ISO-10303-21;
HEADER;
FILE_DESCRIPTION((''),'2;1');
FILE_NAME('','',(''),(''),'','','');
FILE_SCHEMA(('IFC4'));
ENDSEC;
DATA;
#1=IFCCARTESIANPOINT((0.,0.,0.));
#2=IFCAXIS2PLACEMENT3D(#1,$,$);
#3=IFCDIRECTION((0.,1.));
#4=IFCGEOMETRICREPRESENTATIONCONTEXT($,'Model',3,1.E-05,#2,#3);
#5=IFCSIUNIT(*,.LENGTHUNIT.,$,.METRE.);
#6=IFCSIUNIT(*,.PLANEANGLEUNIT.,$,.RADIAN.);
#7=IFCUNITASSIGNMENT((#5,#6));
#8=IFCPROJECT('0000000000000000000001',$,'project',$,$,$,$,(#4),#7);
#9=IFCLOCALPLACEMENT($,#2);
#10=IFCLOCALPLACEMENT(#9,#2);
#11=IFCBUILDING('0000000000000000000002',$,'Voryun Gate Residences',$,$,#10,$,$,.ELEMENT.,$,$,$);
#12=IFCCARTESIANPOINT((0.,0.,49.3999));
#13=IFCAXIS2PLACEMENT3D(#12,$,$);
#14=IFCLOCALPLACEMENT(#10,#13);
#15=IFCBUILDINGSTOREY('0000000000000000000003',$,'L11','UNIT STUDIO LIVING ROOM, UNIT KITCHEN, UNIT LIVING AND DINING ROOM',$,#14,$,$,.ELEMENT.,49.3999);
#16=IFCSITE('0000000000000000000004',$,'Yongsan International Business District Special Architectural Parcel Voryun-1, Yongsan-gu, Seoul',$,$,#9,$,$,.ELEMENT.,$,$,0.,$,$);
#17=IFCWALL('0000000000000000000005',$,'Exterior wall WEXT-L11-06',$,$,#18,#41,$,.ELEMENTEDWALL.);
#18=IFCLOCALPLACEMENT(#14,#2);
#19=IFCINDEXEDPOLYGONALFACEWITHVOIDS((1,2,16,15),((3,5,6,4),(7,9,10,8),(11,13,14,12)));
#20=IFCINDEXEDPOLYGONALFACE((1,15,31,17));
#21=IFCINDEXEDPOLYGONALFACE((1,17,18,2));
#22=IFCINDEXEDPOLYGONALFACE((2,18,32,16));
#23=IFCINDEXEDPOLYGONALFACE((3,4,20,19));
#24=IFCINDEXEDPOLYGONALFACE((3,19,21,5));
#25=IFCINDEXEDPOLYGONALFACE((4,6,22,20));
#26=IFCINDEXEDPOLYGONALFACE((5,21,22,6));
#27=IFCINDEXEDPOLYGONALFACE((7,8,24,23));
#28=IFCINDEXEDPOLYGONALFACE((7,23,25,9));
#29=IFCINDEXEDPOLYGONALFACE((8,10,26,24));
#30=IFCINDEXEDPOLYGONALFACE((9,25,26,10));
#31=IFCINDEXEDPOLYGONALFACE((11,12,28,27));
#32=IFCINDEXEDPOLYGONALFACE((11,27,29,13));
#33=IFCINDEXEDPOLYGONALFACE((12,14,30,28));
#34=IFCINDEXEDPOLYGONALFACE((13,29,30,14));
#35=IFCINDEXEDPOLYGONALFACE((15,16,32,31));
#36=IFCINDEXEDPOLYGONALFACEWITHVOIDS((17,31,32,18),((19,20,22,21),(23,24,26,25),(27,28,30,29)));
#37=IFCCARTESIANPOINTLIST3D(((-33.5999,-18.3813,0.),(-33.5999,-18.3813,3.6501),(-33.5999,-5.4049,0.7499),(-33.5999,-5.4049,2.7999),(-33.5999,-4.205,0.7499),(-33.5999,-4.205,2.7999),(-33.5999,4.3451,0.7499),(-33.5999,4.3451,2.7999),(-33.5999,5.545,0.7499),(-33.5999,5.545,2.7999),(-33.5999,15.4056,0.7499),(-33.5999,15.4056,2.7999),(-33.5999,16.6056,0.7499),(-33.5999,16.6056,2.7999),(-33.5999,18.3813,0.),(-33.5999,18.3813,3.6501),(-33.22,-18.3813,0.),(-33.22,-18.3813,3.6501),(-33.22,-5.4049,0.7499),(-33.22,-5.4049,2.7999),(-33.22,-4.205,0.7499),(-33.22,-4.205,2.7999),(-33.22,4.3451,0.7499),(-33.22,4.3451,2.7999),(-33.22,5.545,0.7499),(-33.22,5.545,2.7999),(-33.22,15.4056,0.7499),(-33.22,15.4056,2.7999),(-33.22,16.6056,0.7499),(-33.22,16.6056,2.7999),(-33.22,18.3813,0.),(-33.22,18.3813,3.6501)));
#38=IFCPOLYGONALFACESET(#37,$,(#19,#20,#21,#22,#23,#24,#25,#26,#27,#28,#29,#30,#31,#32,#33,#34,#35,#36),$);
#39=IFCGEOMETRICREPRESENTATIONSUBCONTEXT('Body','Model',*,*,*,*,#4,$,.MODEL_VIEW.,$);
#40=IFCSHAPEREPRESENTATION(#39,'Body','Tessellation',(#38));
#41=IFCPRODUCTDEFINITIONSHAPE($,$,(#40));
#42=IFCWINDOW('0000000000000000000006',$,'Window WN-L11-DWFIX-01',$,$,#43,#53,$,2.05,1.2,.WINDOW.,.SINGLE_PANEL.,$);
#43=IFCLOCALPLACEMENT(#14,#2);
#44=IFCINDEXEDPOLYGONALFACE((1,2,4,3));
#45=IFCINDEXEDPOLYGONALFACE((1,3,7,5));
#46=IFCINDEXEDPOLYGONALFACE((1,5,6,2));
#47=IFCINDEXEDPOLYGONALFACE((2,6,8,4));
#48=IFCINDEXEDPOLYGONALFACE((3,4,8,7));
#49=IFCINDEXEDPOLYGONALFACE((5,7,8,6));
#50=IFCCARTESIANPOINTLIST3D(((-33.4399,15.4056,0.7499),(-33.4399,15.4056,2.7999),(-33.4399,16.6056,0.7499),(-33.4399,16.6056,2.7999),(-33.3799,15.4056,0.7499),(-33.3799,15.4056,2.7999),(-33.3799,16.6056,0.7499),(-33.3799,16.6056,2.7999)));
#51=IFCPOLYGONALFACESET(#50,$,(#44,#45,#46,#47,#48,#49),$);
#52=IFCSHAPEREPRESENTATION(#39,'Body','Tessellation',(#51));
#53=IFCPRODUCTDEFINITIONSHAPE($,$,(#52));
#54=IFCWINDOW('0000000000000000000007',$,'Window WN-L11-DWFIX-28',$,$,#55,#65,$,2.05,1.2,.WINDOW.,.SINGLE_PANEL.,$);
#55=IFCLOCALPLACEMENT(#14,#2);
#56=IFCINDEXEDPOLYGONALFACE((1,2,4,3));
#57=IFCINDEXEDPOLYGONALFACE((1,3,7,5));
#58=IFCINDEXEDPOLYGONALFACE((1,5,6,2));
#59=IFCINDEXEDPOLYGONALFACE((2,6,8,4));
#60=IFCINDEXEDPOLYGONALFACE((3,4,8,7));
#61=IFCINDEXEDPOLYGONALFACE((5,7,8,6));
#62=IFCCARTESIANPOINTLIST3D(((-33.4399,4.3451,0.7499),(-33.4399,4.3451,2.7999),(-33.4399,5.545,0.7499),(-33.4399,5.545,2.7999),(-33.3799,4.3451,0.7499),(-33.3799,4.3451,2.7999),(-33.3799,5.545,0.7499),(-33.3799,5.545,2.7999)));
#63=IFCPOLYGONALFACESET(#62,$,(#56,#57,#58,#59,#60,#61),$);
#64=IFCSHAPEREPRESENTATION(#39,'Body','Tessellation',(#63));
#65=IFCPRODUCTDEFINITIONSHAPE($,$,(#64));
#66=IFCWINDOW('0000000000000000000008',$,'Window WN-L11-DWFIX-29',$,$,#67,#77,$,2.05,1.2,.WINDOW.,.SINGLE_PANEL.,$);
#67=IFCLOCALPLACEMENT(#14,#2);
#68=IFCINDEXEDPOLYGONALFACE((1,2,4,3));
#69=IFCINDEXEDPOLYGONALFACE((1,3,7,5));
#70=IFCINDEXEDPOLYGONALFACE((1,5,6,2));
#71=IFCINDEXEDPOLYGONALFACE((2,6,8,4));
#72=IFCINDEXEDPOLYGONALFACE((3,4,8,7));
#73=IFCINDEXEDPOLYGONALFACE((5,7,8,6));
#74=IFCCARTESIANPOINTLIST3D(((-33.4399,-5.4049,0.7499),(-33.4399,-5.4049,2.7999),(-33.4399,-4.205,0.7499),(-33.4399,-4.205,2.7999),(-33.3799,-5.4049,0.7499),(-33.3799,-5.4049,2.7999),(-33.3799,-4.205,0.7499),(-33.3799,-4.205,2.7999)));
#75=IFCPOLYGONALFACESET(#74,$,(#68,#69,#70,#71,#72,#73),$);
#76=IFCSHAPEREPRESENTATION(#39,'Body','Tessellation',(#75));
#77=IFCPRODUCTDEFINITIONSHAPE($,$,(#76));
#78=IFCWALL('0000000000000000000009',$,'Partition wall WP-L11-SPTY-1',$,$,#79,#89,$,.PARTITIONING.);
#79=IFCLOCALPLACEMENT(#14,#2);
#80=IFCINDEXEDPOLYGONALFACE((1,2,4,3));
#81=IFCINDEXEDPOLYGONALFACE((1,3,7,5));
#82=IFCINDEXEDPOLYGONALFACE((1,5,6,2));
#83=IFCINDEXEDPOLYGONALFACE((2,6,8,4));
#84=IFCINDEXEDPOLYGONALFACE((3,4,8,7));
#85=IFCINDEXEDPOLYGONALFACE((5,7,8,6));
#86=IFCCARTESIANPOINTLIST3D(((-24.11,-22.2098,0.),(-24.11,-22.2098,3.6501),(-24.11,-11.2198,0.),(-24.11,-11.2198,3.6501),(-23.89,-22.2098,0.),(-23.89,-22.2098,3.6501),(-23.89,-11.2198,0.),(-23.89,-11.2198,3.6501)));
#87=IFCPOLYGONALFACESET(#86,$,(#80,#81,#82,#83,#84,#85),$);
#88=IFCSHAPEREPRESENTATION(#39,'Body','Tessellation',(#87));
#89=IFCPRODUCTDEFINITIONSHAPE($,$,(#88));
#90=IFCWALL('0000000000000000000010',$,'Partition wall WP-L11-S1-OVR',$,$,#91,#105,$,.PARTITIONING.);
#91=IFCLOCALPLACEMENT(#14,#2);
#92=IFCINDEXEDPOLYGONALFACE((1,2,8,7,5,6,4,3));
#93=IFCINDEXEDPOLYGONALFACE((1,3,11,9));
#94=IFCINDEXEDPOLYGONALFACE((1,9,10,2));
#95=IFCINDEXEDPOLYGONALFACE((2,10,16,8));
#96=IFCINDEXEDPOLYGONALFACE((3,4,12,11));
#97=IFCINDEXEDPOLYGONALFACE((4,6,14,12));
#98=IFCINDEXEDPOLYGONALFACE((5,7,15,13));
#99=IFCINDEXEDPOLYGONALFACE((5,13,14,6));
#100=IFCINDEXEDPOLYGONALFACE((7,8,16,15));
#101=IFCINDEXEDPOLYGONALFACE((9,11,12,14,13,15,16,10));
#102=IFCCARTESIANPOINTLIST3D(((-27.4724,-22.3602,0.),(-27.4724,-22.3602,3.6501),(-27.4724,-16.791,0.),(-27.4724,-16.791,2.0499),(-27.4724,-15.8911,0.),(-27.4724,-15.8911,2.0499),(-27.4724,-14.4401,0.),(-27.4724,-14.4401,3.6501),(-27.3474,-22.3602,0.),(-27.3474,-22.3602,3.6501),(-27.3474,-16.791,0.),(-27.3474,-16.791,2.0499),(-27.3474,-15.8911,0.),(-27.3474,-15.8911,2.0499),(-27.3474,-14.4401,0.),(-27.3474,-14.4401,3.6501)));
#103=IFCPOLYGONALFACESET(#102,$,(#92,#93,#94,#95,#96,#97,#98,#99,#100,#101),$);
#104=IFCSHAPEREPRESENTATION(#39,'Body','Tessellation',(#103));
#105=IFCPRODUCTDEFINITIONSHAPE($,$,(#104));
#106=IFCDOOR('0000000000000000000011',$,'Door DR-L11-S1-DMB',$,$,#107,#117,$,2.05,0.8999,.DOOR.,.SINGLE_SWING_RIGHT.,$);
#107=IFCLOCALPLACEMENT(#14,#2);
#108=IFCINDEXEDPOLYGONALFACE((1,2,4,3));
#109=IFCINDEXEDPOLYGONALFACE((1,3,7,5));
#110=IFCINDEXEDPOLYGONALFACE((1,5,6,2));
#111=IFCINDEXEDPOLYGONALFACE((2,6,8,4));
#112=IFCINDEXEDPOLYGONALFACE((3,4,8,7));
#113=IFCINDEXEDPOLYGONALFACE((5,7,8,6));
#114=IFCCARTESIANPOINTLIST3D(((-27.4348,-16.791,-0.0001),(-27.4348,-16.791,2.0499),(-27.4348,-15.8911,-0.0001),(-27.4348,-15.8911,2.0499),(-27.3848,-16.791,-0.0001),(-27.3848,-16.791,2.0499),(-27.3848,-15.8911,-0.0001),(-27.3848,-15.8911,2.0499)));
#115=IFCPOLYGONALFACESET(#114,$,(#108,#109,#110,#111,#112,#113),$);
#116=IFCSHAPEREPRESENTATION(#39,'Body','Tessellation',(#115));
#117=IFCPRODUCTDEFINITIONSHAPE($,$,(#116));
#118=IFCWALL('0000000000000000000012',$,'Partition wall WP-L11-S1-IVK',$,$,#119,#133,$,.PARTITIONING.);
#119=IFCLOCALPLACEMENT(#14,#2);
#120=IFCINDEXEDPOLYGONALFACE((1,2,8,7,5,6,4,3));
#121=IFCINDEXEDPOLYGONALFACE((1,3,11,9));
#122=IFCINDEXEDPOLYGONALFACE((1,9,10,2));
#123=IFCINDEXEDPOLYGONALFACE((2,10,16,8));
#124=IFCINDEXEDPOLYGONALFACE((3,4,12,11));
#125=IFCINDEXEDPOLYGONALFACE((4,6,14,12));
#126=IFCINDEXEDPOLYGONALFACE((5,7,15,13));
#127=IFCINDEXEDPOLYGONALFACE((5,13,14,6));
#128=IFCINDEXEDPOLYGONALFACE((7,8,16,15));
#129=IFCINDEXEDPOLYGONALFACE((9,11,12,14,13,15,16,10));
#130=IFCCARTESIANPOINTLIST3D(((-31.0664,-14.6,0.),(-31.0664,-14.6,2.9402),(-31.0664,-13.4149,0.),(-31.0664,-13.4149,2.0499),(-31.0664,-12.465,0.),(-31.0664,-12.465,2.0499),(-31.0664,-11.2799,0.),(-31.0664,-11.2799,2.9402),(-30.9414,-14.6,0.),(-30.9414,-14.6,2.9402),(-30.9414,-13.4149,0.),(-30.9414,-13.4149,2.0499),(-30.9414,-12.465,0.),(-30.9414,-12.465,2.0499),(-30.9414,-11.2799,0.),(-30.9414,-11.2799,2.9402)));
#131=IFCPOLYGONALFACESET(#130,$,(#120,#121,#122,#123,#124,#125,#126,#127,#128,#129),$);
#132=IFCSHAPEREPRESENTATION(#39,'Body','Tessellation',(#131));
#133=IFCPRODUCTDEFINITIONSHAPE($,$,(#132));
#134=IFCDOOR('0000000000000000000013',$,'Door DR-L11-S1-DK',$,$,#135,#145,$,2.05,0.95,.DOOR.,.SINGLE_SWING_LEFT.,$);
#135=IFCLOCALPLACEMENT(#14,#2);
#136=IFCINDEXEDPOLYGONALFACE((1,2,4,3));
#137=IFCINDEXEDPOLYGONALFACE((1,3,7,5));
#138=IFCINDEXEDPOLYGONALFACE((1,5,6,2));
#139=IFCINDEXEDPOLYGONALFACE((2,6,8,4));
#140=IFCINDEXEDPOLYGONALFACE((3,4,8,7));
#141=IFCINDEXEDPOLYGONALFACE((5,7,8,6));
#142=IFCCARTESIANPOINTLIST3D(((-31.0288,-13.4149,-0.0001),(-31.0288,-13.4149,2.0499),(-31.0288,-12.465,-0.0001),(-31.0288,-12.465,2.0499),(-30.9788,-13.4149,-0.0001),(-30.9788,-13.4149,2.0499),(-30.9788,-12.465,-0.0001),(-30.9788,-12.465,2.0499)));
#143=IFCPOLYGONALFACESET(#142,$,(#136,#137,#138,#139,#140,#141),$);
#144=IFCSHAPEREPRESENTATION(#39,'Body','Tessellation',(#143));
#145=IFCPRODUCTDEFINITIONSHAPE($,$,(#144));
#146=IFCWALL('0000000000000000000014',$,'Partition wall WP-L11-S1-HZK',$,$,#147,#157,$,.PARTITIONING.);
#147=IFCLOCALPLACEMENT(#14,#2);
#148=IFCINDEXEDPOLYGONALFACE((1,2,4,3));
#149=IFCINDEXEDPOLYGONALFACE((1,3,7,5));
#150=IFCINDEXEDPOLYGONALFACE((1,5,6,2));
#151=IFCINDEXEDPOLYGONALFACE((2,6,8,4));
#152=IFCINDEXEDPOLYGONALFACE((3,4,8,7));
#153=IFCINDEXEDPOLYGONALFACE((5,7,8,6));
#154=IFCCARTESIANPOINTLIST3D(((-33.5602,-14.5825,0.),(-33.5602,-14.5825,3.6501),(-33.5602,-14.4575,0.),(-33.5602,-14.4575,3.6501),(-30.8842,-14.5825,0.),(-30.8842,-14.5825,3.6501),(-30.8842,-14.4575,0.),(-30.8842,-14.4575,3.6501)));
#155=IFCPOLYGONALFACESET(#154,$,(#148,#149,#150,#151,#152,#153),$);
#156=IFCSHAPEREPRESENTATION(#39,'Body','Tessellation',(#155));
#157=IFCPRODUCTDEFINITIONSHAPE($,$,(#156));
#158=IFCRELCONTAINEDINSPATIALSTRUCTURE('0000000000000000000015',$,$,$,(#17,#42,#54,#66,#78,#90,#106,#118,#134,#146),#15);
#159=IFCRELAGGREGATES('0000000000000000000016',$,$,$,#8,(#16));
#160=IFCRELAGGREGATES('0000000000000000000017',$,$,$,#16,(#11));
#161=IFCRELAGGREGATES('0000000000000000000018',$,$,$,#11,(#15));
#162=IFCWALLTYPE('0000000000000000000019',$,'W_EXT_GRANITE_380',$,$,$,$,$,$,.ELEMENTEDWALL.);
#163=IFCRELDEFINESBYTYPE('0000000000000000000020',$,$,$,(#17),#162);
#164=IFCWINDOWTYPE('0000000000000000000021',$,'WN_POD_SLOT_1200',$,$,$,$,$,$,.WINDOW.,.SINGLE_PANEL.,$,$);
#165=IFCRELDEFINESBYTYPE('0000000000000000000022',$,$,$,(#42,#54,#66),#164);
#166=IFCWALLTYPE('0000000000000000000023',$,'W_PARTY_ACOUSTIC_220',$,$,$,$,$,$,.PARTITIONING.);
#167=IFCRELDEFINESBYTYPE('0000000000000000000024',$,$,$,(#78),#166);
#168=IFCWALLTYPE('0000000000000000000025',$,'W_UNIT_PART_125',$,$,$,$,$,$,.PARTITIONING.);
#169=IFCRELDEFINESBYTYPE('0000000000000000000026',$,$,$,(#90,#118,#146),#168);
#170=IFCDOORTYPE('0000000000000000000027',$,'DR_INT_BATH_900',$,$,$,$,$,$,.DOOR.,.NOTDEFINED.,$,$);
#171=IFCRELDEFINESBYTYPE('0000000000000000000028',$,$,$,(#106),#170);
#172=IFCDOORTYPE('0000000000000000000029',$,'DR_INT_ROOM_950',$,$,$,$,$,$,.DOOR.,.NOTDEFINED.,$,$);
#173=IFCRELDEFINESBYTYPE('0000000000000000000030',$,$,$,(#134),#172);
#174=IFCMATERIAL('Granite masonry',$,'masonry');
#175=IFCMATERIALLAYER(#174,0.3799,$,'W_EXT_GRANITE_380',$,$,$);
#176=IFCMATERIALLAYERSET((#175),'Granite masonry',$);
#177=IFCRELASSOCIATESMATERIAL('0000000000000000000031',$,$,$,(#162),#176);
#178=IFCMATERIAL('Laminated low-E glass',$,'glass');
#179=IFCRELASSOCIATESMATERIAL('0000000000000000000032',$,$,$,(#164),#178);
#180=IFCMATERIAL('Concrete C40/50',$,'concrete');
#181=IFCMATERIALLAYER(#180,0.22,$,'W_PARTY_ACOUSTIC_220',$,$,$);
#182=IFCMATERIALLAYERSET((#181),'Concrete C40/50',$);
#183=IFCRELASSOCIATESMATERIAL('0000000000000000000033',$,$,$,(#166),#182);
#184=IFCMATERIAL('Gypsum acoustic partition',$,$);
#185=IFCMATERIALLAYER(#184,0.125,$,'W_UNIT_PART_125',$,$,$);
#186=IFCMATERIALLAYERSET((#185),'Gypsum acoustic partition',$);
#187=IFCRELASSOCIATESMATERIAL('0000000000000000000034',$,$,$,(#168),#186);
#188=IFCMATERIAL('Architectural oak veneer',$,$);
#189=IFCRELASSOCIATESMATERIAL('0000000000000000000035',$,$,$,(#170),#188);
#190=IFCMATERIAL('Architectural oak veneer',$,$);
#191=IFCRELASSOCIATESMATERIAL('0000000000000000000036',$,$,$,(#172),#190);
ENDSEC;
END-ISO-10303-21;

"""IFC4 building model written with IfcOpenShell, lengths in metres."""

from ifc_helpers import new_model, si_unit, direction, frame, frame_2d, origin, place, context, subcontext, project, spatial, rectangle, extrude, material, layer, layer_set, type_object, element, fill, save


model = new_model("IFC4")

# Units and contexts
model_context = context("Model", 3, precision=1e-05, world=origin(), true_north=direction((0.0, 1.0)))
body_context = subcontext(model_context, "Body", "Model", "MODEL_VIEW")
ifc_project = project(units=[si_unit("LENGTHUNIT", "METRE"), si_unit("PLANEANGLEUNIT", "RADIAN")], contexts=[model_context])

# Site, building, storey
site_placement = place(None, origin())
site = spatial("IfcSite", under=ifc_project, at=site_placement, Name="Yongsan International Business District Special Architectural Parcel Voryun-1, Yongsan-gu, Seoul", CompositionType="ELEMENT", RefElevation=0.0)
building_placement = place(site_placement, origin())
building = spatial("IfcBuilding", under=site, at=building_placement, Name="Voryun Gate Residences", CompositionType="ELEMENT")
storey_placement = place(building_placement, frame((0.0, 0.0, 49.3999)))
storey = spatial("IfcBuildingStorey", under=building, at=storey_placement, Name="L11", Description="UNIT STUDIO LIVING ROOM, UNIT KITCHEN, UNIT LIVING AND DINING ROOM", CompositionType="ELEMENT", Elevation=49.3999)

# Shared definitions
ifc_material_1 = material(Name="Granite masonry", Category="masonry")
ifc_layer_1 = layer(ifc_material_1, 0.3799, Name="W_EXT_GRANITE_380")
ifc_layer_set_1 = layer_set([ifc_layer_1], Name="Granite masonry")
wall_type_1 = type_object("IfcWallType", Name="W_EXT_GRANITE_380", PredefinedType="ELEMENTEDWALL", material=ifc_layer_set_1)

# Wall, openings, windows
wall_1_placement = place(storey_placement, frame((-33.4099, -18.3813, 0.0), z_axis=(0.0, 0.0, 1.0), x_axis=(0.0, 1.0, 0.0)))
wall_1 = element("IfcWall", 1, at=wall_1_placement, inside=storey, type_object=wall_type_1, Name="Exterior wall WEXT-L11-06", PredefinedType="ELEMENTEDWALL", context=body_context, shape_type="SweptSolid", body=[
    extrude(rectangle(XDim=36.7627, YDim=0.3799, at=frame_2d((18.3813, 0.0))), origin(), (0.0, 0.0, 1.0), 3.6501),
])
opening_1_placement = place(wall_1_placement, frame((33.7869, 0.0, 0.75)))
opening_1 = element("IfcOpeningElement", 2, at=opening_1_placement, cuts=wall_1, PredefinedType="OPENING", context=body_context, shape_type="SweptSolid", body=[
    extrude(rectangle(XDim=1.2, YDim=2.05, at=frame_2d((0.6001, 1.0249))), frame((0.0, 0.2, 0.0), z_axis=(0.0, -1.0, 0.0), x_axis=(1.0, 0.0, 0.0)), (0.0, 0.0, 1.0), 0.3999),
])
opening_2_placement = place(wall_1_placement, frame((22.7263, 0.0, 0.75)))
opening_2 = element("IfcOpeningElement", 3, at=opening_2_placement, cuts=wall_1, PredefinedType="OPENING", context=body_context, shape_type="SweptSolid", body=[
    extrude(rectangle(XDim=1.2, YDim=2.05, at=frame_2d((0.6001, 1.0249))), frame((0.0, 0.2, 0.0), z_axis=(0.0, -1.0, 0.0), x_axis=(1.0, 0.0, 0.0)), (0.0, 0.0, 1.0), 0.3999),
])
opening_3_placement = place(wall_1_placement, frame((12.9763, 0.0, 0.75)))
opening_3 = element("IfcOpeningElement", 4, at=opening_3_placement, cuts=wall_1, PredefinedType="OPENING", context=body_context, shape_type="SweptSolid", body=[
    extrude(rectangle(XDim=1.2, YDim=2.05, at=frame_2d((0.6001, 1.0249))), frame((0.0, 0.2, 0.0), z_axis=(0.0, -1.0, 0.0), x_axis=(1.0, 0.0, 0.0)), (0.0, 0.0, 1.0), 0.3999),
])
ifc_material_2 = material(Name="Laminated low-E glass", Category="glass")
window_type = type_object("IfcWindowType", Name="WN_POD_SLOT_1200", PartitioningType="SINGLE_PANEL", PredefinedType="WINDOW", material=ifc_material_2)
window_1_placement = place(opening_1_placement, origin())
window_1 = element("IfcWindow", 5, at=window_1_placement, inside=storey, type_object=window_type, Name="Window WN-L11-DWFIX-01", OverallHeight=2.05, OverallWidth=1.2, PartitioningType="SINGLE_PANEL", PredefinedType="WINDOW", context=body_context, shape_type="SweptSolid", body=[
    extrude(rectangle(XDim=1.2, YDim=2.05, at=frame_2d((0.6001, 1.0249))), frame((0.0, 0.03, 0.0), z_axis=(0.0, -1.0, 0.0), x_axis=(1.0, 0.0, 0.0)), (0.0, 0.0, 1.0), 0.0601),
])
fill(opening_1, window_1)
window_2_placement = place(opening_2_placement, origin())
window_2 = element("IfcWindow", 6, at=window_2_placement, inside=storey, type_object=window_type, Name="Window WN-L11-DWFIX-28", OverallHeight=2.05, OverallWidth=1.2, PartitioningType="SINGLE_PANEL", PredefinedType="WINDOW", context=body_context, shape_type="SweptSolid", body=[
    extrude(rectangle(XDim=1.2, YDim=2.05, at=frame_2d((0.6001, 1.0249))), frame((0.0, 0.03, 0.0), z_axis=(0.0, -1.0, 0.0), x_axis=(1.0, 0.0, 0.0)), (0.0, 0.0, 1.0), 0.0601),
])
fill(opening_2, window_2)
window_3_placement = place(opening_3_placement, origin())
window_3 = element("IfcWindow", 7, at=window_3_placement, inside=storey, type_object=window_type, Name="Window WN-L11-DWFIX-29", OverallHeight=2.05, OverallWidth=1.2, PartitioningType="SINGLE_PANEL", PredefinedType="WINDOW", context=body_context, shape_type="SweptSolid", body=[
    extrude(rectangle(XDim=1.2, YDim=2.05, at=frame_2d((0.6001, 1.0249))), frame((0.0, 0.03, 0.0), z_axis=(0.0, -1.0, 0.0), x_axis=(1.0, 0.0, 0.0)), (0.0, 0.0, 1.0), 0.0601),
])
fill(opening_3, window_3)

# Wall
ifc_material_3 = material(Name="Concrete C40/50", Category="concrete")
ifc_layer_2 = layer(ifc_material_3, 0.22, Name="W_PARTY_ACOUSTIC_220")
ifc_layer_set_2 = layer_set([ifc_layer_2], Name="Concrete C40/50")
wall_type_2 = type_object("IfcWallType", Name="W_PARTY_ACOUSTIC_220", PredefinedType="PARTITIONING", material=ifc_layer_set_2)
wall_2_placement = place(storey_placement, frame((-24.0, -22.21, 0.0), z_axis=(0.0, 0.0, 1.0), x_axis=(0.0, 1.0, 0.0)))
element("IfcWall", 8, at=wall_2_placement, inside=storey, type_object=wall_type_2, Name="Partition wall WP-L11-SPTY-1", PredefinedType="PARTITIONING", context=body_context, shape_type="SweptSolid", body=[
    extrude(rectangle(XDim=10.99, YDim=0.22, at=frame_2d((5.4951, 0.0))), origin(), (0.0, 0.0, 1.0), 3.6501),
])

# Walls, openings, doors
ifc_material_4 = material(Name="Gypsum acoustic partition")
ifc_layer_3 = layer(ifc_material_4, 0.125, Name="W_UNIT_PART_125")
ifc_layer_set_3 = layer_set([ifc_layer_3], Name="Gypsum acoustic partition")
wall_type_3 = type_object("IfcWallType", Name="W_UNIT_PART_125", PredefinedType="PARTITIONING", material=ifc_layer_set_3)
wall_3_placement = place(storey_placement, frame((-27.4099, -22.3601, 0.0), z_axis=(0.0, 0.0, 1.0), x_axis=(0.0, 1.0, 0.0)))
wall_3 = element("IfcWall", 9, at=wall_3_placement, inside=storey, type_object=wall_type_3, Name="Partition wall WP-L11-S1-OVR", PredefinedType="PARTITIONING", context=body_context, shape_type="SweptSolid", body=[
    extrude(rectangle(XDim=7.9202, YDim=0.125, at=frame_2d((3.96, 0.0))), origin(), (0.0, 0.0, 1.0), 3.6501),
])
opening_4_placement = place(wall_3_placement, frame((5.5691, 0.0, 0.0)))
opening_4 = element("IfcOpeningElement", 10, at=opening_4_placement, cuts=wall_3, PredefinedType="OPENING", context=body_context, shape_type="SweptSolid", body=[
    extrude(rectangle(XDim=0.8999, YDim=2.05, at=frame_2d((0.45, 1.0249))), frame((0.0, 0.0725, 0.0), z_axis=(0.0, -1.0, 0.0), x_axis=(1.0, 0.0, 0.0)), (0.0, 0.0, 1.0), 0.145),
])
ifc_material_5 = material(Name="Architectural oak veneer")
door_type_1 = type_object("IfcDoorType", Name="DR_INT_BATH_900", OperationType="NOTDEFINED", PredefinedType="DOOR", material=ifc_material_5)
door_1_placement = place(opening_4_placement, origin())
door_1 = element("IfcDoor", 11, at=door_1_placement, inside=storey, type_object=door_type_1, Name="Door DR-L11-S1-DMB", OperationType="SINGLE_SWING_RIGHT", OverallHeight=2.05, OverallWidth=0.8999, PredefinedType="DOOR", context=body_context, shape_type="SweptSolid", body=[
    extrude(rectangle(XDim=0.8999, YDim=2.05, at=frame_2d((0.45, 1.0249))), frame((0.0, 0.0249, 0.0), z_axis=(0.0, -1.0, 0.0), x_axis=(1.0, 0.0, 0.0)), (0.0, 0.0, 1.0), 0.05),
])
fill(opening_4, door_1)
wall_4_placement = place(storey_placement, frame((-31.0039, -14.6001, 0.0), z_axis=(0.0, 0.0, 1.0), x_axis=(0.0, 1.0, 0.0)))
wall_4 = element("IfcWall", 12, at=wall_4_placement, inside=storey, type_object=wall_type_3, Name="Partition wall WP-L11-S1-IVK", PredefinedType="PARTITIONING", context=body_context, shape_type="SweptSolid", body=[
    extrude(rectangle(XDim=3.3201, YDim=0.125, at=frame_2d((1.6602, 0.0))), origin(), (0.0, 0.0, 1.0), 2.9402),
])
opening_5_placement = place(wall_4_placement, frame((1.1851, 0.0, 0.0)))
opening_5 = element("IfcOpeningElement", 13, at=opening_5_placement, cuts=wall_4, PredefinedType="OPENING", context=body_context, shape_type="SweptSolid", body=[
    extrude(rectangle(XDim=0.95, YDim=2.05, at=frame_2d((0.4751, 1.0249))), frame((0.0, 0.0725, 0.0), z_axis=(0.0, -1.0, 0.0), x_axis=(1.0, 0.0, 0.0)), (0.0, 0.0, 1.0), 0.145),
])
ifc_material_6 = material(Name="Architectural oak veneer")
door_type_2 = type_object("IfcDoorType", Name="DR_INT_ROOM_950", OperationType="NOTDEFINED", PredefinedType="DOOR", material=ifc_material_6)
door_2_placement = place(opening_5_placement, origin())
door_2 = element("IfcDoor", 14, at=door_2_placement, inside=storey, type_object=door_type_2, Name="Door DR-L11-S1-DK", OperationType="SINGLE_SWING_LEFT", OverallHeight=2.05, OverallWidth=0.95, PredefinedType="DOOR", context=body_context, shape_type="SweptSolid", body=[
    extrude(rectangle(XDim=0.95, YDim=2.05, at=frame_2d((0.4751, 1.0249))), frame((0.0, 0.0249, 0.0), z_axis=(0.0, -1.0, 0.0), x_axis=(1.0, 0.0, 0.0)), (0.0, 0.0, 1.0), 0.05),
])
fill(opening_5, door_2)

# Wall
wall_5_placement = place(storey_placement, frame((-33.5601, -14.52, 0.0), z_axis=(0.0, 0.0, 1.0), x_axis=(1.0, 0.0, 0.0)))
element("IfcWall", 15, at=wall_5_placement, inside=storey, type_object=wall_type_3, Name="Partition wall WP-L11-S1-HZK", PredefinedType="PARTITIONING", context=body_context, shape_type="SweptSolid", body=[
    extrude(rectangle(XDim=2.676, YDim=0.125, at=frame_2d((1.3379, 0.0))), origin(), (0.0, 0.0, 1.0), 3.6501),
])

save(model, "model.ifc")
